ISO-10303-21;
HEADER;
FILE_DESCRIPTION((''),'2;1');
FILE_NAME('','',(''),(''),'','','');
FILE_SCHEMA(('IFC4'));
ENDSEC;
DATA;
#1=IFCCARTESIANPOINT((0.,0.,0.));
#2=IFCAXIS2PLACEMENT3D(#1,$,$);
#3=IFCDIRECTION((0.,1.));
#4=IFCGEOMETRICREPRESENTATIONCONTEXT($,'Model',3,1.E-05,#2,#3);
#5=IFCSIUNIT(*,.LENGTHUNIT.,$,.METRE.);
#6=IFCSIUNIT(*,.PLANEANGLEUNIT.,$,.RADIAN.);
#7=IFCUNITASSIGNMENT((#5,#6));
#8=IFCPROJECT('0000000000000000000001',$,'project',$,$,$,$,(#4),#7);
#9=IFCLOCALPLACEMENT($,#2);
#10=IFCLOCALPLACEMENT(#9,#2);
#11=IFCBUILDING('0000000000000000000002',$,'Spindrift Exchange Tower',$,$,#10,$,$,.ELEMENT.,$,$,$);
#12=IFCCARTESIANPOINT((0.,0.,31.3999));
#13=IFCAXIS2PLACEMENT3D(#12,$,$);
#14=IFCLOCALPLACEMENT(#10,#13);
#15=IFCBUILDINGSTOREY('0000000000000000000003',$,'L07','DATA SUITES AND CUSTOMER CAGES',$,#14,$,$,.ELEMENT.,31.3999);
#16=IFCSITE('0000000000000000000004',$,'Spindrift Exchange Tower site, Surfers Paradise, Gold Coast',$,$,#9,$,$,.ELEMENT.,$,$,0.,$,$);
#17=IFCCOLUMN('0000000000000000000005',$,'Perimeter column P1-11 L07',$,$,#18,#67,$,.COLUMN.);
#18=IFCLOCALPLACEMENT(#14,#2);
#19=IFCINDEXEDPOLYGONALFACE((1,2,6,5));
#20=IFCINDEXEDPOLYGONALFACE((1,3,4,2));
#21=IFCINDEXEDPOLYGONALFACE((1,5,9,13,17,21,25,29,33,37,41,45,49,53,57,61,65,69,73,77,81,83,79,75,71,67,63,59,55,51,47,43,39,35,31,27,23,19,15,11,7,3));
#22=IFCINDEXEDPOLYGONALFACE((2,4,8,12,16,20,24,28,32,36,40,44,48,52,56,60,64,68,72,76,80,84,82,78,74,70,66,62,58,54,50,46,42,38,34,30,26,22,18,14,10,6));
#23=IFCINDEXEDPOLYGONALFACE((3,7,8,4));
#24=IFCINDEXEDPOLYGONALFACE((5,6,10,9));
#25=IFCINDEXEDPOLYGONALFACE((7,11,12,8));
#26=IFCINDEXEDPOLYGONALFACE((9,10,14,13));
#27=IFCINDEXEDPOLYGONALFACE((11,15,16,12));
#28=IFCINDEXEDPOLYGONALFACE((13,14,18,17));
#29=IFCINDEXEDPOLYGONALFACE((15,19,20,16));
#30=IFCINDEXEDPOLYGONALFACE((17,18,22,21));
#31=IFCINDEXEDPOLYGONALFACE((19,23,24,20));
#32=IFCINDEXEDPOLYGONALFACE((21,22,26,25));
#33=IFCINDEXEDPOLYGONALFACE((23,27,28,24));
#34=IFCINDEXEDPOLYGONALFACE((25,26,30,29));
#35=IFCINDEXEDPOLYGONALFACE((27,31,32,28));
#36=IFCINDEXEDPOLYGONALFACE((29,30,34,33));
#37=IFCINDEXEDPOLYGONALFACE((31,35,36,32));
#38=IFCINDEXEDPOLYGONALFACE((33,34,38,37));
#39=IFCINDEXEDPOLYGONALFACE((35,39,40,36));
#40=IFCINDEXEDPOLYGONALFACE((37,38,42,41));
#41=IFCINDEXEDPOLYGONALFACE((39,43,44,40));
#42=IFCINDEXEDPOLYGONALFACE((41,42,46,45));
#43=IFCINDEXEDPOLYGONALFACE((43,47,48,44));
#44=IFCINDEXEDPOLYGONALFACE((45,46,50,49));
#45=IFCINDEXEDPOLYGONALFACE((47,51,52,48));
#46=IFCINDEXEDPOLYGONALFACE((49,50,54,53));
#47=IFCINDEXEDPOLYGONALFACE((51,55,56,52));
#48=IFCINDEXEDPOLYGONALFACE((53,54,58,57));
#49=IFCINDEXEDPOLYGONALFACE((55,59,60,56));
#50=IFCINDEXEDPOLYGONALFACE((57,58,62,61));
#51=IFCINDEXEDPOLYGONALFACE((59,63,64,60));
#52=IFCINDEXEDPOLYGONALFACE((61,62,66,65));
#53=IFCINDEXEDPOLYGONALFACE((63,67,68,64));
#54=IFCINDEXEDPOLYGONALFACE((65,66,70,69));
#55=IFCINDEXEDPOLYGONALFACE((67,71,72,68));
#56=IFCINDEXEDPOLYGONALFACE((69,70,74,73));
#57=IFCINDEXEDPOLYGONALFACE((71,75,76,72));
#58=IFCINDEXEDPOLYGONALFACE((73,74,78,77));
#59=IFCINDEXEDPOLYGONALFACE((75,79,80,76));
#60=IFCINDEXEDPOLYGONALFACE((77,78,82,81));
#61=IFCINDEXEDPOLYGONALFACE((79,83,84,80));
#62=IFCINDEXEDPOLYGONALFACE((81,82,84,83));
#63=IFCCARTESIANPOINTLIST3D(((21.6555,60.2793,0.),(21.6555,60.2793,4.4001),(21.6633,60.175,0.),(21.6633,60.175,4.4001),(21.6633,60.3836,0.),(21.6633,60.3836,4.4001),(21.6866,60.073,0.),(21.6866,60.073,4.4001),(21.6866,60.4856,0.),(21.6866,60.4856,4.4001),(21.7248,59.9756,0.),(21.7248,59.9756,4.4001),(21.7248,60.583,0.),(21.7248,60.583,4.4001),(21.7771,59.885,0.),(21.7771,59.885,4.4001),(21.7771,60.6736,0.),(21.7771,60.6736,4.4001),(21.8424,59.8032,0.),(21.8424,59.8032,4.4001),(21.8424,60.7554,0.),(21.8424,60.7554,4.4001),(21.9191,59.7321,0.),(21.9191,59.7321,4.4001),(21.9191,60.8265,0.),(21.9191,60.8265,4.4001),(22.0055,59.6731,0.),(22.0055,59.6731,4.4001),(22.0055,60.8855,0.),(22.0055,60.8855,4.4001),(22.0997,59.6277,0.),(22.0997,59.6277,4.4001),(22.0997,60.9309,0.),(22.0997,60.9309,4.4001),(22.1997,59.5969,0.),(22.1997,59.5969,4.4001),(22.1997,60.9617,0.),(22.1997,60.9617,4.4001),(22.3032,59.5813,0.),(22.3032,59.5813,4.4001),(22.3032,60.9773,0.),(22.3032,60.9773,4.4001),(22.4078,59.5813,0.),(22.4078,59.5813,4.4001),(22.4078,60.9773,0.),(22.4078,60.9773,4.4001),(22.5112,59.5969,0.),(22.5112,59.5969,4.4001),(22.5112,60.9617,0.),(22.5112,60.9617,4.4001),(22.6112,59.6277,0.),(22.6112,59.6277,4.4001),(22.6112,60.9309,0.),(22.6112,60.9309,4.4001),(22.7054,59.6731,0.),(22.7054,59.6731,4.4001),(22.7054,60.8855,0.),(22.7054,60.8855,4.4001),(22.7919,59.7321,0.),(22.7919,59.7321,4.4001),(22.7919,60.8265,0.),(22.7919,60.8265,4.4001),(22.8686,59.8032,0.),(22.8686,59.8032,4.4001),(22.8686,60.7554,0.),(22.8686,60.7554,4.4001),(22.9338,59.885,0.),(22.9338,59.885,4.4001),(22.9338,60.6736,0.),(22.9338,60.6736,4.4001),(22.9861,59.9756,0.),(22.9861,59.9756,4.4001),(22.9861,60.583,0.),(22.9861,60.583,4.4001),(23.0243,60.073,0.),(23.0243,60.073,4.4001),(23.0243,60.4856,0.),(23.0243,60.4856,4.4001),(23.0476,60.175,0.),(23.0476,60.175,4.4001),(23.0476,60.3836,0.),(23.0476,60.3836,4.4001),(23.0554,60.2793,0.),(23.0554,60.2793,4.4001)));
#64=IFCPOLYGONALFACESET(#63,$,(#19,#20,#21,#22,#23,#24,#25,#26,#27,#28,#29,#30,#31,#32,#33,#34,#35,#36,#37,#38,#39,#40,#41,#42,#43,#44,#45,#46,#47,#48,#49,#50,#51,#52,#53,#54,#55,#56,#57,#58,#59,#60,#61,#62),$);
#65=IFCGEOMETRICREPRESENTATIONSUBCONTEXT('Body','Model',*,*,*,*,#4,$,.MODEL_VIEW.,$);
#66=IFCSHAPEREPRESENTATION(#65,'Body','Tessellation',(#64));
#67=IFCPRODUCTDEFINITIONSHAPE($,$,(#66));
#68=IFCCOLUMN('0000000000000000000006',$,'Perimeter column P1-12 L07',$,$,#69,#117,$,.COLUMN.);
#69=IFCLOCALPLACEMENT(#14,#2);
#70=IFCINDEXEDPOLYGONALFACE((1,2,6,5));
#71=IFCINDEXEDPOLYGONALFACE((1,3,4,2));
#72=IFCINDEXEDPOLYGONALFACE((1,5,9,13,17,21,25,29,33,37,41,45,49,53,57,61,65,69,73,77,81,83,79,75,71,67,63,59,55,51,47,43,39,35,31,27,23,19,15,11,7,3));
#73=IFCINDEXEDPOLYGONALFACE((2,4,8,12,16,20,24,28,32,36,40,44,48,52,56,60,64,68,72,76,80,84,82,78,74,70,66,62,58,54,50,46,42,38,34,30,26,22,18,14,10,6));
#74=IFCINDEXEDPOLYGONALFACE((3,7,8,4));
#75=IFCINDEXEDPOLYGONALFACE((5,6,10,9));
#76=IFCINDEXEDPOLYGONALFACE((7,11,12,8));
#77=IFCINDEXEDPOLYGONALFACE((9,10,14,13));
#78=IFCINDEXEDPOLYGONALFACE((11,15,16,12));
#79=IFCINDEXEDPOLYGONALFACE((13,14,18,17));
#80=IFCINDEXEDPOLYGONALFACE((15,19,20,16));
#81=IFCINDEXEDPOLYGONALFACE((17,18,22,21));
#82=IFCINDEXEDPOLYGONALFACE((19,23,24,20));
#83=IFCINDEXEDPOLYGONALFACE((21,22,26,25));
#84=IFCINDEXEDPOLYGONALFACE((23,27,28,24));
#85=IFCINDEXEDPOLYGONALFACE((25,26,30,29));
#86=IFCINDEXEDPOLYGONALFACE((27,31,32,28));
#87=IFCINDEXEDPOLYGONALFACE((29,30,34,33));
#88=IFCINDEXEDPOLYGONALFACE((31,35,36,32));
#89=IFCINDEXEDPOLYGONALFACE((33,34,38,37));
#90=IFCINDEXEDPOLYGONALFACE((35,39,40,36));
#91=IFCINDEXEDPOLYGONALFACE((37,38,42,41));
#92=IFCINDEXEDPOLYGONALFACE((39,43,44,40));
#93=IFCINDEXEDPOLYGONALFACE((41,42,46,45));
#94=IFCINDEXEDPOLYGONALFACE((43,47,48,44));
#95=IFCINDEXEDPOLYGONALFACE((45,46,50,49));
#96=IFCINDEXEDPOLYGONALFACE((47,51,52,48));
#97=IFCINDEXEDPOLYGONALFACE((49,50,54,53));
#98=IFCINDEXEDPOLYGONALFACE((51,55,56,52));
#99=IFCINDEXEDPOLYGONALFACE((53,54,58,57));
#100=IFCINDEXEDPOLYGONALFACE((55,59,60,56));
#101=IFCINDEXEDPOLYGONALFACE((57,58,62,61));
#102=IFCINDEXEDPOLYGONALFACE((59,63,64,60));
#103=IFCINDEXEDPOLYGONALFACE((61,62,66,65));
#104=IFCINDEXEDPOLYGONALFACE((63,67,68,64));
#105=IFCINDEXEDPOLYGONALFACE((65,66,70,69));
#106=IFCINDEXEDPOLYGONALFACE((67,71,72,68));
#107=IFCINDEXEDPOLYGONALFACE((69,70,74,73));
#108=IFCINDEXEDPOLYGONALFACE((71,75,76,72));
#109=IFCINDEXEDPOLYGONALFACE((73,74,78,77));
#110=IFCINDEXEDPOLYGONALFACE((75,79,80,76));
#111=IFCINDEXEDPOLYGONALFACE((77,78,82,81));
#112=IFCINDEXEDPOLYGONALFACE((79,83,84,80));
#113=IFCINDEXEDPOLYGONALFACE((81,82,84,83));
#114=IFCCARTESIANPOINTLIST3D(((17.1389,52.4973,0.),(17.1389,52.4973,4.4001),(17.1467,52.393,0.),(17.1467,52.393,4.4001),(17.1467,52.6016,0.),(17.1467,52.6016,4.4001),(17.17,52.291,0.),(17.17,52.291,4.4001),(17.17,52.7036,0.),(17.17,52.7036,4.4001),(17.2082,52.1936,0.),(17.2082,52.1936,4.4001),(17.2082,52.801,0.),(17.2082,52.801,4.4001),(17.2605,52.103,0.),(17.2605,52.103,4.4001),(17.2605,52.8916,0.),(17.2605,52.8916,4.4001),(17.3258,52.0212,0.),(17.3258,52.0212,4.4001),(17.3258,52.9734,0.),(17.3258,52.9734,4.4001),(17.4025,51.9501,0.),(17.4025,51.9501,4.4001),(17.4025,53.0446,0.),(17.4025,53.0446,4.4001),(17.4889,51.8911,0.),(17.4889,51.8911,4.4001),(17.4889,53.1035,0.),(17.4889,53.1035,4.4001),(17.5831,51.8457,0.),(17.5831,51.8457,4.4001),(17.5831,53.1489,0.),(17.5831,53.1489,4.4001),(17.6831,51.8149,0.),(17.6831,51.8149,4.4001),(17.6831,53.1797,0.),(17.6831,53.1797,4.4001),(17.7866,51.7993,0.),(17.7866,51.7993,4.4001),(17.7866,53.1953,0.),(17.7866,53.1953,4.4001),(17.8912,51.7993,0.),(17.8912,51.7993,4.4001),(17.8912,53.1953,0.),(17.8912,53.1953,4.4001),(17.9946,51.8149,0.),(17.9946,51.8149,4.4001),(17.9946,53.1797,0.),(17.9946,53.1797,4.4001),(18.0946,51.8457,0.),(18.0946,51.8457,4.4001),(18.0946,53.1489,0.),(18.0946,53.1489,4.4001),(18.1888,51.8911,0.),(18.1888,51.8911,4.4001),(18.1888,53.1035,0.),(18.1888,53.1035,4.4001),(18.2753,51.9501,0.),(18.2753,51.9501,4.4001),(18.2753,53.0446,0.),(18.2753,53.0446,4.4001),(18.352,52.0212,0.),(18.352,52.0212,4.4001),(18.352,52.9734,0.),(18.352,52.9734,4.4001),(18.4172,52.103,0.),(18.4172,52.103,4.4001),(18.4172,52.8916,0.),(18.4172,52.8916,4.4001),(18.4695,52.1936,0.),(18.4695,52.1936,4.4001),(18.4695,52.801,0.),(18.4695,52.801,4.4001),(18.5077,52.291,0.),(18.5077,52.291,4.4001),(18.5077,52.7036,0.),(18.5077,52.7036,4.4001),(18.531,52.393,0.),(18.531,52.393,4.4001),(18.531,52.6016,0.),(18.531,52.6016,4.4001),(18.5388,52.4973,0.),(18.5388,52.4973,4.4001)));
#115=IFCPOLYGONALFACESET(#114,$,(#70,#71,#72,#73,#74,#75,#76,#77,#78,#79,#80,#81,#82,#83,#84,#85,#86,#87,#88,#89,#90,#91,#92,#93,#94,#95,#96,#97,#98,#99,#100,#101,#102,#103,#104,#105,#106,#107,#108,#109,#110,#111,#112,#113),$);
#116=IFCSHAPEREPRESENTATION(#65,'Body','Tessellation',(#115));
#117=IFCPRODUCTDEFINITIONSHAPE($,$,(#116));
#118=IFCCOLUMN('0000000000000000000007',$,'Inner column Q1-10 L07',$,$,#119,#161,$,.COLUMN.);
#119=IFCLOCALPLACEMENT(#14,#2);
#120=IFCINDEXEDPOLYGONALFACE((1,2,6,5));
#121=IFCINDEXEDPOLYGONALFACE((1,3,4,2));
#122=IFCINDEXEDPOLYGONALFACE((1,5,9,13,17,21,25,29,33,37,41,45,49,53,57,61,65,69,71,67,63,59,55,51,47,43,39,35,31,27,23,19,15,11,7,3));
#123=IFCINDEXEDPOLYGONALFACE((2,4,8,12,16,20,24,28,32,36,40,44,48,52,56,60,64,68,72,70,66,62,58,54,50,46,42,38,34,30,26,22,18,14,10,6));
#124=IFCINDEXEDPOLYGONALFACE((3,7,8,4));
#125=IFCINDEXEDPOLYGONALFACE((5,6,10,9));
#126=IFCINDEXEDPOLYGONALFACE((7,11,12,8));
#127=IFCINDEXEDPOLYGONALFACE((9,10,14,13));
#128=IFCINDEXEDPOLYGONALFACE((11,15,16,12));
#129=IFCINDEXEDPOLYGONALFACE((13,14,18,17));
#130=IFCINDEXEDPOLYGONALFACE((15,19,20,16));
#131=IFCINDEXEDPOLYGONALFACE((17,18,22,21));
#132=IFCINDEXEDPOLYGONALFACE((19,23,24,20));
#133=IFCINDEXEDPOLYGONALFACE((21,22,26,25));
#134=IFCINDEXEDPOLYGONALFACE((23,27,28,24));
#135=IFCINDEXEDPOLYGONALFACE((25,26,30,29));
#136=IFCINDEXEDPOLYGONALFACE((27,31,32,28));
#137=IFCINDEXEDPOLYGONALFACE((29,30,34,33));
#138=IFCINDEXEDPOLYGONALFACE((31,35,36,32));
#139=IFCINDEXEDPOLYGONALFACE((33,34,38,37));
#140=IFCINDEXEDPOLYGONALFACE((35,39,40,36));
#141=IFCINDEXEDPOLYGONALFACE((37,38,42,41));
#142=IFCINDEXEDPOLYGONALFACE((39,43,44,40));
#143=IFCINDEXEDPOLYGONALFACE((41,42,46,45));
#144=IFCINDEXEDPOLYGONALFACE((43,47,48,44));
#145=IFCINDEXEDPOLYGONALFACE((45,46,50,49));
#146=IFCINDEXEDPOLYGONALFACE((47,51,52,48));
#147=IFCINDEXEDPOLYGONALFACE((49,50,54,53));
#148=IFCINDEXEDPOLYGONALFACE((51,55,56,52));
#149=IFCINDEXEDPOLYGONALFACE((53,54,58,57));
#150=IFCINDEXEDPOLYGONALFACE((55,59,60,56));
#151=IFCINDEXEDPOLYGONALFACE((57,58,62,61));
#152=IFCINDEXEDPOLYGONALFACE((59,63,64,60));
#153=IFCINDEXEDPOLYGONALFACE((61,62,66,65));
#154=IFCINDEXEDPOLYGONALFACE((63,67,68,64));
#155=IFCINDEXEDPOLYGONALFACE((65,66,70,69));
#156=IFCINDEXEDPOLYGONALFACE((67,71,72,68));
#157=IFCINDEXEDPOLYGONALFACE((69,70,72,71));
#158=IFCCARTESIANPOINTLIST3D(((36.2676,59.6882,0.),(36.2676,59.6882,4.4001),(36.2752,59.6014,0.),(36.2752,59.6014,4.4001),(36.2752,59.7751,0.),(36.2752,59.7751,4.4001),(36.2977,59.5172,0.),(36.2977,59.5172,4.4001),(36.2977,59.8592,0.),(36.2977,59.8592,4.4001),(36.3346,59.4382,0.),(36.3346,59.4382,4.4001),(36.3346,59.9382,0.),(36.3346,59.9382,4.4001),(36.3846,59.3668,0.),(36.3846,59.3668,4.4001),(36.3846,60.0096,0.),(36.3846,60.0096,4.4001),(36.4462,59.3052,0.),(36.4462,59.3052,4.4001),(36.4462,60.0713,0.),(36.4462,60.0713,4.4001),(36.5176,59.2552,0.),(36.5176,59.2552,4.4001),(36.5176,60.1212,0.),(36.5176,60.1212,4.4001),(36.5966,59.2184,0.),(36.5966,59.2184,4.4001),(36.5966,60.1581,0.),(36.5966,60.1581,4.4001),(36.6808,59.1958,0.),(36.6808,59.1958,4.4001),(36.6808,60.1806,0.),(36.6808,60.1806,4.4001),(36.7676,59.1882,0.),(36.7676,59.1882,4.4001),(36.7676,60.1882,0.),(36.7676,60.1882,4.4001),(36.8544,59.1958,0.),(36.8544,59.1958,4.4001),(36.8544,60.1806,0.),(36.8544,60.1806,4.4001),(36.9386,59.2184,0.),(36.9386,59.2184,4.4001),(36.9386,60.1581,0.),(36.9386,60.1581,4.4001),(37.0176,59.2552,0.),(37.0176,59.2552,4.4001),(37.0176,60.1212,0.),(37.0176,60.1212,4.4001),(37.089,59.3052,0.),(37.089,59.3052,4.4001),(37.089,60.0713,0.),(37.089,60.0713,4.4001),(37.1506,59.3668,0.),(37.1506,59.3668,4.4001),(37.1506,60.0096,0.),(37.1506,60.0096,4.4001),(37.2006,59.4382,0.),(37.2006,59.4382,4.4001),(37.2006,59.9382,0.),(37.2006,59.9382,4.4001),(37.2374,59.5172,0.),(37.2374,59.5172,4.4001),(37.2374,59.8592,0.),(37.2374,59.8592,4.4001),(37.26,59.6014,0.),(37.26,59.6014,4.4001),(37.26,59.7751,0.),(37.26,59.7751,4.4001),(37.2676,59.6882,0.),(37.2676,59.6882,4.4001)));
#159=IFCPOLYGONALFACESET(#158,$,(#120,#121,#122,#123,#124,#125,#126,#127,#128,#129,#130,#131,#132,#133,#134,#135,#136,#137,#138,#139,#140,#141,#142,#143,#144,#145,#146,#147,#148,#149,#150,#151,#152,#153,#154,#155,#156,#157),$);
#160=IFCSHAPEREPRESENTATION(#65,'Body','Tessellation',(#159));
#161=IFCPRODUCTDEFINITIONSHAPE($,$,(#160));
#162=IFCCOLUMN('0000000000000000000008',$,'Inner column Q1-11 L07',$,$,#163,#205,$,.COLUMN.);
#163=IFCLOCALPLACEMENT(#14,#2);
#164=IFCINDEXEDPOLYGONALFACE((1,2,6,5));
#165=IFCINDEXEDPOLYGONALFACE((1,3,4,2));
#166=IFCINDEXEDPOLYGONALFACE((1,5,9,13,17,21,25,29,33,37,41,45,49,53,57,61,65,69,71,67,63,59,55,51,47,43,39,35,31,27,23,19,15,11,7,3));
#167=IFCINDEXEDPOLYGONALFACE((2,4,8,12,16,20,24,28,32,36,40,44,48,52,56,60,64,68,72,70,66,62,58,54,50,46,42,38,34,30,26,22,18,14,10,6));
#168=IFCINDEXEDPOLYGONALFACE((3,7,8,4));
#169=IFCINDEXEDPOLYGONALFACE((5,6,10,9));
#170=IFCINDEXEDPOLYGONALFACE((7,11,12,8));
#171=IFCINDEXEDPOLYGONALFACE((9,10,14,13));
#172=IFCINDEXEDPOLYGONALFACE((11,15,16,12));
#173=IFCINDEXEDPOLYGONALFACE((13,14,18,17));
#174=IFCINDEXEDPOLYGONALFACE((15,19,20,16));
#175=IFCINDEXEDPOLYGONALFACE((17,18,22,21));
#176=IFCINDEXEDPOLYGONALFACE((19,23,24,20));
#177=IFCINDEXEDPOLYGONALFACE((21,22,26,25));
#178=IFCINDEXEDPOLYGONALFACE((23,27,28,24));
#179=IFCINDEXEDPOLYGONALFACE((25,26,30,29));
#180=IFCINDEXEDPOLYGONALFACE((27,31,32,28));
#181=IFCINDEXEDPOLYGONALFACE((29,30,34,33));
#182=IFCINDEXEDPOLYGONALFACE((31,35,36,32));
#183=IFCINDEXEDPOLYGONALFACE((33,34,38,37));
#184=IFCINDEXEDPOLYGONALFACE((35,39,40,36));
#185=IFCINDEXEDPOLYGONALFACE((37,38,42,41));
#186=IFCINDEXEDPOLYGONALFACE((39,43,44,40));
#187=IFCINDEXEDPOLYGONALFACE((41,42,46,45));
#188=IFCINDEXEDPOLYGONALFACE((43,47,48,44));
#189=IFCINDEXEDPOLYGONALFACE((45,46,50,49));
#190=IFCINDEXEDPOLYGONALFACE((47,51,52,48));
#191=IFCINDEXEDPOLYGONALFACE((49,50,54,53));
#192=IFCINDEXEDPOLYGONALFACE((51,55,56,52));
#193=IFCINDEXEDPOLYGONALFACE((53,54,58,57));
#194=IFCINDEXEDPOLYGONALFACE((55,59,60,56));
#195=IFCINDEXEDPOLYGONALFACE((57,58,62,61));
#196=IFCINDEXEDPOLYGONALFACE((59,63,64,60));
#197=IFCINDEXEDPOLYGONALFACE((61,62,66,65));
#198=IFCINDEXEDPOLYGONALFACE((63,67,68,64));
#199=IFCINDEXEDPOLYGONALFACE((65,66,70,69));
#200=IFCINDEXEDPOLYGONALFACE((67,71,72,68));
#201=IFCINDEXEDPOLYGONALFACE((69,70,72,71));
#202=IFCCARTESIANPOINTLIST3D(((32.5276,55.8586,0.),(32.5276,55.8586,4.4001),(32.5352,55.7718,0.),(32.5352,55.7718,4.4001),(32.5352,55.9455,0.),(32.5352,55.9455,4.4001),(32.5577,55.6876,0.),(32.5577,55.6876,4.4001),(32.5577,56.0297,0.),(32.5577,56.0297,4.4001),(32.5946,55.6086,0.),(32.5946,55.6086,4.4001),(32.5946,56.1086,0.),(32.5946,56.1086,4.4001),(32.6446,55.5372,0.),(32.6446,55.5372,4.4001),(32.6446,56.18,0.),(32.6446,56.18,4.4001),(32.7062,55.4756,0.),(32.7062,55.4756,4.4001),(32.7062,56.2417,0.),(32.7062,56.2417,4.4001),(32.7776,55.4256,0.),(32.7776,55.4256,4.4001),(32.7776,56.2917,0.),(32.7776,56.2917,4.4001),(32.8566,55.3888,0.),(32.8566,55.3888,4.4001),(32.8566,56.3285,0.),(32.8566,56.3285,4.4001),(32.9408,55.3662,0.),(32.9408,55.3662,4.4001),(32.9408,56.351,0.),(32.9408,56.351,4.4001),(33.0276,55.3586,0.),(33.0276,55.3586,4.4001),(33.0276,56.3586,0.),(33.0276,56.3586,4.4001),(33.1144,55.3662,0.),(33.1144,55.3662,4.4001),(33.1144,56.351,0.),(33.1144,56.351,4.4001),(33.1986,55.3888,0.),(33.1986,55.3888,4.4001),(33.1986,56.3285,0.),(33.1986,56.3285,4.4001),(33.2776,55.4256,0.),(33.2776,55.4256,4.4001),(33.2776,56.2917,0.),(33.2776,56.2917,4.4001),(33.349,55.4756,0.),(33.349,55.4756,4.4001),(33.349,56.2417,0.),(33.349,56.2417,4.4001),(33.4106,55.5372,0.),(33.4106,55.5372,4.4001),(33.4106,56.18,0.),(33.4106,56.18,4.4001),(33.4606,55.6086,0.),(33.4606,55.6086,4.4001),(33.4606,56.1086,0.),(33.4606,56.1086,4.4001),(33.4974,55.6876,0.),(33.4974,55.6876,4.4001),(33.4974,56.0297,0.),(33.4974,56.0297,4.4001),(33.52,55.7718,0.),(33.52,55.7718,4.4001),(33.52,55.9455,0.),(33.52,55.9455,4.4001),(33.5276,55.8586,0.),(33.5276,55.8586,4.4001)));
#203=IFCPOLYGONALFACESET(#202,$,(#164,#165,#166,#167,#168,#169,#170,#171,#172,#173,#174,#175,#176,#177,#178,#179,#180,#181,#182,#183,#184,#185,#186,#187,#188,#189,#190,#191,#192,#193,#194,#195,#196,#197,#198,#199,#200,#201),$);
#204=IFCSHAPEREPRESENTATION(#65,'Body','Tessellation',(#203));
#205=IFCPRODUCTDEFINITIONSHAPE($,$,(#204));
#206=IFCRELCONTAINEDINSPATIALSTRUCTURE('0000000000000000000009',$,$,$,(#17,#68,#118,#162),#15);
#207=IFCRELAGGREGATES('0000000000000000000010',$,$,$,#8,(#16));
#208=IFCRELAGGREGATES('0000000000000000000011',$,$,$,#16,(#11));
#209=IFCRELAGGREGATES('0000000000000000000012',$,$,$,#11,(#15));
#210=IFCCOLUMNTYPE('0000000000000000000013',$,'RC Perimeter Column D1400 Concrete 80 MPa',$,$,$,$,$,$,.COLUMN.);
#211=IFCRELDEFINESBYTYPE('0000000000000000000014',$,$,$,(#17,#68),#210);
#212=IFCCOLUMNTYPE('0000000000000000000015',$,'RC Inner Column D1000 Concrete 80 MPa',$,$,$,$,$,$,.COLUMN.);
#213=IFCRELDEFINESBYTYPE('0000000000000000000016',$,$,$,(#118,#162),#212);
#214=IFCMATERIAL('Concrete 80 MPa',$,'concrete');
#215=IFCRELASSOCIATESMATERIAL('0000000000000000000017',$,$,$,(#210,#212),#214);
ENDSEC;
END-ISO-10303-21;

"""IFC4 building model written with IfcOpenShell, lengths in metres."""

from ifc_helpers import new_model, si_unit, direction, frame, origin, origin_2d, place, context, subcontext, project, spatial, circle, extrude, source, transform, mapped, material, material_profile, profile_set, type_object, element, save


model = new_model("IFC4")

# Units and contexts
model_context = context("Model", 3, precision=1e-05, world=origin(), true_north=direction((0.0, 1.0)))
body_context = subcontext(model_context, "Body", "Model", "MODEL_VIEW")
ifc_project = project(units=[si_unit("LENGTHUNIT", "METRE"), si_unit("PLANEANGLEUNIT", "RADIAN")], contexts=[model_context])

# Site, building, storey
site_placement = place(None, origin())
site = spatial("IfcSite", under=ifc_project, at=site_placement, Name="Spindrift Exchange Tower site, Surfers Paradise, Gold Coast", CompositionType="ELEMENT", RefElevation=0.0)
building_placement = place(site_placement, origin())
building = spatial("IfcBuilding", under=site, at=building_placement, Name="Spindrift Exchange Tower", CompositionType="ELEMENT")
storey_placement = place(building_placement, frame((0.0, 0.0, 31.3999)))
storey = spatial("IfcBuildingStorey", under=building, at=storey_placement, Name="L07", Description="DATA SUITES AND CUSTOMER CAGES", CompositionType="ELEMENT", Elevation=31.3999)

# Columns
ifc_material_1 = material(Name="Concrete 80 MPa", Category="concrete")
ifc_material_profile_1 = material_profile(ifc_material_1, circle(Radius=0.7, at=origin_2d()), Name="RC D1400")
ifc_profile_set_1 = profile_set([ifc_material_profile_1], Name="Concrete 80 MPa")
column_type_1 = type_object("IfcColumnType", Name="RC Perimeter Column D1400 Concrete 80 MPa", PredefinedType="COLUMN", material=ifc_profile_set_1)
shared_shape_1 = source(origin(), body_context, "Body", "SweptSolid", [
    extrude(circle(Radius=0.7, at=origin_2d()), origin(), (0.0, 0.0, 1.0), 4.4001),
])
for number, where, z_axis, x_axis, name in (
    (1, (22.3555, 60.2793, 0.0), (0.0, 0.0, 1.0), (1.0, 0.0, 0.0), "Perimeter column P1-11 L07"),
    (2, (17.8389, 52.4973, 0.0), (0.0, 0.0, 1.0), (1.0, 0.0, 0.0), "Perimeter column P1-12 L07"),
):
    element("IfcColumn", number, at=place(storey_placement, frame(where, z_axis=z_axis, x_axis=x_axis)), inside=storey, type_object=column_type_1, Name=name, PredefinedType="COLUMN", context=body_context, shape_type="MappedRepresentation", body=[
        mapped(shared_shape_1, transform((0.0, 0.0, 0.0), scale=1.0)),
    ])
ifc_material_profile_2 = material_profile(ifc_material_1, circle(Radius=0.5, at=origin_2d()), Name="RC D1000")
ifc_profile_set_2 = profile_set([ifc_material_profile_2], Name="Concrete 80 MPa")
column_type_2 = type_object("IfcColumnType", Name="RC Inner Column D1000 Concrete 80 MPa", PredefinedType="COLUMN", material=ifc_profile_set_2)
shared_shape_2 = source(origin(), body_context, "Body", "SweptSolid", [
    extrude(circle(Radius=0.5, at=origin_2d()), origin(), (0.0, 0.0, 1.0), 4.4001),
])
for number, where, z_axis, x_axis, name in (
    (3, (36.7676, 59.6882, 0.0), (0.0, 0.0, 1.0), (1.0, 0.0, 0.0), "Inner column Q1-10 L07"),
    (4, (33.0276, 55.8586, 0.0), (0.0, 0.0, 1.0), (1.0, 0.0, 0.0), "Inner column Q1-11 L07"),
):
    element("IfcColumn", number, at=place(storey_placement, frame(where, z_axis=z_axis, x_axis=x_axis)), inside=storey, type_object=column_type_2, Name=name, PredefinedType="COLUMN", context=body_context, shape_type="MappedRepresentation", body=[
        mapped(shared_shape_2, transform((0.0, 0.0, 0.0), scale=1.0)),
    ])

save(model, "model.ifc")
